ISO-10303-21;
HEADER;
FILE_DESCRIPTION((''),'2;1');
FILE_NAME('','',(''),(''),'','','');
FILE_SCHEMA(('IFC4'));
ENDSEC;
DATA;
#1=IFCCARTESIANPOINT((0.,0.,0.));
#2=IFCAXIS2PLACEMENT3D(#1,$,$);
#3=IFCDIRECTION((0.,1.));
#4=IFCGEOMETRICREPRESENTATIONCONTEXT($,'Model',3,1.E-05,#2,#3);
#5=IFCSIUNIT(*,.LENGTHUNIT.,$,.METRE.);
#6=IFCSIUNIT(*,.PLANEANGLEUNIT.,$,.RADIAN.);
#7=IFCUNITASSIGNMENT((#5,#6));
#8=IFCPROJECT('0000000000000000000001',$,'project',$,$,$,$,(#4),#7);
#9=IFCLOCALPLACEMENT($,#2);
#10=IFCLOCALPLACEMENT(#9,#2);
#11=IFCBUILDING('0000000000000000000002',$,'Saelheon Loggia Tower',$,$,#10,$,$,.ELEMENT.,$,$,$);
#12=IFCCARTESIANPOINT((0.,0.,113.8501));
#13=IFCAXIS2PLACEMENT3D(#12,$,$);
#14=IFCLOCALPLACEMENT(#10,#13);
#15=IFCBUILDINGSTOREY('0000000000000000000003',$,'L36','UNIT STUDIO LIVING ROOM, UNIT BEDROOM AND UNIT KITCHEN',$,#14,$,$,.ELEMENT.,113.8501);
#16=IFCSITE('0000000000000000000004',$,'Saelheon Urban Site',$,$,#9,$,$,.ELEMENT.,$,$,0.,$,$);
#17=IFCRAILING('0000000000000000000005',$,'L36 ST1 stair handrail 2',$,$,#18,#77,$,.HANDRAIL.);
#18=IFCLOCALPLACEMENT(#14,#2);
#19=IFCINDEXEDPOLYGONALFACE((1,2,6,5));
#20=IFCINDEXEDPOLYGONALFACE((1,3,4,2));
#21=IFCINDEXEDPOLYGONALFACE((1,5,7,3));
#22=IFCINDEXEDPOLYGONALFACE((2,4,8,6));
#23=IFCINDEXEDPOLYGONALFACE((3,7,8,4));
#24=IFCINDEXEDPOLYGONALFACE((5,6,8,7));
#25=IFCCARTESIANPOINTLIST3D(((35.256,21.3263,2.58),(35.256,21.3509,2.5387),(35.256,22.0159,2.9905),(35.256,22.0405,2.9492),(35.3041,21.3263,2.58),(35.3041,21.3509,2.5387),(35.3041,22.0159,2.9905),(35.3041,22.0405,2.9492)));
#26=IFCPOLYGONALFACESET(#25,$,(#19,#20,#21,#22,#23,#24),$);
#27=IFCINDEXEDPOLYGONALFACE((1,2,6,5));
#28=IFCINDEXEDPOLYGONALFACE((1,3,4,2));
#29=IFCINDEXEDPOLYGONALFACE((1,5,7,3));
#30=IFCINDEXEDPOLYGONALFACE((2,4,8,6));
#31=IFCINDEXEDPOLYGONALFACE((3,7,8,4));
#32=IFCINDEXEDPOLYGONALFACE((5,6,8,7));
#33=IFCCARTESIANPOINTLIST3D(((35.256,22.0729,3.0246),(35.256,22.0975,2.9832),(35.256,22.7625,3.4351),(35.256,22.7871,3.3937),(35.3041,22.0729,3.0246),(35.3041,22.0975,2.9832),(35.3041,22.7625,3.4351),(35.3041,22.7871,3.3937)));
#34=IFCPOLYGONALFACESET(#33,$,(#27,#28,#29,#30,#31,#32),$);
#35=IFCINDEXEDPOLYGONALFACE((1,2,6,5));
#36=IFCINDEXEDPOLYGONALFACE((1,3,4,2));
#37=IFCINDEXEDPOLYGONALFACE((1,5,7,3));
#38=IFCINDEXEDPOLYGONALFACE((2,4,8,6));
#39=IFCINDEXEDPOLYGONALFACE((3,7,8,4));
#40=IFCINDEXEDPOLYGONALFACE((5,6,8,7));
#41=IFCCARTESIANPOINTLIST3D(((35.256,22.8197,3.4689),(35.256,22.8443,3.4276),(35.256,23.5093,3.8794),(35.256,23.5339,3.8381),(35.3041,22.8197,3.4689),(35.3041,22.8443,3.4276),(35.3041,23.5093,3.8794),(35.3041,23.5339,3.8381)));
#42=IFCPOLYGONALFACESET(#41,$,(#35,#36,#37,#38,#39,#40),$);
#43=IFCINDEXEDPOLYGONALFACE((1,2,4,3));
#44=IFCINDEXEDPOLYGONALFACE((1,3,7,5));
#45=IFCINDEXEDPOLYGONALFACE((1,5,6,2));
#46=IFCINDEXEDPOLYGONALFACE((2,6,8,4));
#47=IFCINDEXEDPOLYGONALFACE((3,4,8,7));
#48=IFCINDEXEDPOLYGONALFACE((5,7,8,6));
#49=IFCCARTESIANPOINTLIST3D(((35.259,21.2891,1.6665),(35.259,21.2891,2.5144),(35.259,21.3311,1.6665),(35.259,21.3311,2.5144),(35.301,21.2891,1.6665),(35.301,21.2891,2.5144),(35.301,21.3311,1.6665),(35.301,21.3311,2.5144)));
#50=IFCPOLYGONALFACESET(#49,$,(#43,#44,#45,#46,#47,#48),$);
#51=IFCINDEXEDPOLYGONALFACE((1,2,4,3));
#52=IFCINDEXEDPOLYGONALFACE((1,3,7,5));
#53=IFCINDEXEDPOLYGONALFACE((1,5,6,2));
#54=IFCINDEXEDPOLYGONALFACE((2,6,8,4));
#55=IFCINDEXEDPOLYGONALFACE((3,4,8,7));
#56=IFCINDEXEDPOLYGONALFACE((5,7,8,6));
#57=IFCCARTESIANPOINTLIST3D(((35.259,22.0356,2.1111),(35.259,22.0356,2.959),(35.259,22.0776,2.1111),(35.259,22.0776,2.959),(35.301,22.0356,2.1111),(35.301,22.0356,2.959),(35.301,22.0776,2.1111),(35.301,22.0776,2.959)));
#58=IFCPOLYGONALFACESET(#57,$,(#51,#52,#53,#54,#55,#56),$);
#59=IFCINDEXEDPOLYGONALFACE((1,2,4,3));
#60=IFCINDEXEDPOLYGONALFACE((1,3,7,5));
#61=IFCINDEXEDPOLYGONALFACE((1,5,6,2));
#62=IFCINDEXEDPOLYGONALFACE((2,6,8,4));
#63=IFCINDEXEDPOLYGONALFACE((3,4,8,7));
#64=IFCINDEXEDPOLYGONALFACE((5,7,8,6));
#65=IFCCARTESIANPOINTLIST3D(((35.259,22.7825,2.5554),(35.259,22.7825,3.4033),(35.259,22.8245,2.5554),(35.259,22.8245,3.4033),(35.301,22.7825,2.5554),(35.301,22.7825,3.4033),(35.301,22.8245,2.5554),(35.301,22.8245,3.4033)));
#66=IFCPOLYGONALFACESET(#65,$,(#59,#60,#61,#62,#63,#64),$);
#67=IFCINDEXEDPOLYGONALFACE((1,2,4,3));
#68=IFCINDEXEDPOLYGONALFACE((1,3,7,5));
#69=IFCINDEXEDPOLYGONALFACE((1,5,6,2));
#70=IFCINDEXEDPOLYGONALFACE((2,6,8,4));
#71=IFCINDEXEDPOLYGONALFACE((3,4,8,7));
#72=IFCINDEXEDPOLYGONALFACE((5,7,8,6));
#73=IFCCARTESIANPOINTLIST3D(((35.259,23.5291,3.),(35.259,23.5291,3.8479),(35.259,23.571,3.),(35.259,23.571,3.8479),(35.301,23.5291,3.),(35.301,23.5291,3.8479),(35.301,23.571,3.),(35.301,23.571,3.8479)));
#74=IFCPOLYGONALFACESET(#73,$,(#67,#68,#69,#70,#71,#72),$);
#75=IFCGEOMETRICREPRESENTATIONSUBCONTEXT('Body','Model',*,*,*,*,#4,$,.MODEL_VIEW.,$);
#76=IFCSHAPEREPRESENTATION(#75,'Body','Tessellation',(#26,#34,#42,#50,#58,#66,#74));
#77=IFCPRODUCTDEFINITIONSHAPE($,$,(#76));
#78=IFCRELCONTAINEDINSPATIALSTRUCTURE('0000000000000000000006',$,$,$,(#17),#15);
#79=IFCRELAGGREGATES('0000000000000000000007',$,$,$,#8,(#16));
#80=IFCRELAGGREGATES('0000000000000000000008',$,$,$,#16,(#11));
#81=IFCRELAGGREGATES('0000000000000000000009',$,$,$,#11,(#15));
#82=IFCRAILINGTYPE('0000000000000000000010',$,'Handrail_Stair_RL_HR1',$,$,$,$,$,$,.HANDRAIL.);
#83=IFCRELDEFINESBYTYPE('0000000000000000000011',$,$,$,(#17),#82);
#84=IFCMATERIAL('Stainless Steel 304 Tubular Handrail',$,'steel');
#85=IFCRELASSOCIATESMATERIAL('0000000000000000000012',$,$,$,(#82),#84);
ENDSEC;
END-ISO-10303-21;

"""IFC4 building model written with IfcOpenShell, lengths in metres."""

from ifc_helpers import new_model, si_unit, direction, frame, origin, origin_2d, place, context, subcontext, project, spatial, rectangle, extrude, material, type_object, element, save


model = new_model("IFC4")

# Units and contexts
model_context = context("Model", 3, precision=1e-05, world=origin(), true_north=direction((0.0, 1.0)))
body_context = subcontext(model_context, "Body", "Model", "MODEL_VIEW")
ifc_project = project(units=[si_unit("LENGTHUNIT", "METRE"), si_unit("PLANEANGLEUNIT", "RADIAN")], contexts=[model_context])

# Site, building, storey
site_placement = place(None, origin())
site = spatial("IfcSite", under=ifc_project, at=site_placement, Name="Saelheon Urban Site", CompositionType="ELEMENT", RefElevation=0.0)
building_placement = place(site_placement, origin())
building = spatial("IfcBuilding", under=site, at=building_placement, Name="Saelheon Loggia Tower", CompositionType="ELEMENT")
storey_placement = place(building_placement, frame((0.0, 0.0, 113.8501)))
storey = spatial("IfcBuildingStorey", under=building, at=storey_placement, Name="L36", Description="UNIT STUDIO LIVING ROOM, UNIT BEDROOM AND UNIT KITCHEN", CompositionType="ELEMENT", Elevation=113.8501)

# Railing
ifc_material_1 = material(Name="Stainless Steel 304 Tubular Handrail", Category="steel")
railing_type_1 = type_object("IfcRailingType", Name="Handrail_Stair_RL_HR1", PredefinedType="HANDRAIL", material=ifc_material_1)
railing_1_placement = place(storey_placement, frame((35.28, 21.3101, 1.6665)))
element("IfcRailing", 1, at=railing_1_placement, inside=storey, type_object=railing_type_1, Name="L36 ST1 stair handrail 2", PredefinedType="HANDRAIL", context=body_context, shape_type="SweptSolid", body=[
    extrude(rectangle(XDim=0.0481, YDim=0.0481, at=origin_2d()), frame((0.0, 0.0286, 0.8928), z_axis=(0.0, 0.859264, 0.511532), x_axis=(-1.0, 0.0, 0.0)), (0.0, 0.0, 1.0), 0.8025),
    extrude(rectangle(XDim=0.0481, YDim=0.0481, at=origin_2d()), frame((0.0, 0.7751, 1.3374), z_axis=(0.0, 0.859264, 0.511532), x_axis=(-1.0, 0.0, 0.0)), (0.0, 0.0, 1.0), 0.8025),
    extrude(rectangle(XDim=0.0481, YDim=0.0481, at=origin_2d()), frame((0.0, 1.522, 1.7817), z_axis=(0.0, 0.859264, 0.511532), x_axis=(-1.0, 0.0, 0.0)), (0.0, 0.0, 1.0), 0.8025),
    extrude(rectangle(XDim=0.042, YDim=0.042, at=origin_2d()), origin(), (0.0, 0.0, 1.0), 0.8479),
    extrude(rectangle(XDim=0.042, YDim=0.042, at=origin_2d()), frame((0.0, 0.7466, 0.4446)), (0.0, 0.0, 1.0), 0.8479),
    extrude(rectangle(XDim=0.042, YDim=0.042, at=origin_2d()), frame((0.0, 1.4934, 0.8889)), (0.0, 0.0, 1.0), 0.8479),
    extrude(rectangle(XDim=0.042, YDim=0.042, at=origin_2d()), frame((0.0, 2.24, 1.3335)), (0.0, 0.0, 1.0), 0.8479),
])

save(model, "model.ifc")
